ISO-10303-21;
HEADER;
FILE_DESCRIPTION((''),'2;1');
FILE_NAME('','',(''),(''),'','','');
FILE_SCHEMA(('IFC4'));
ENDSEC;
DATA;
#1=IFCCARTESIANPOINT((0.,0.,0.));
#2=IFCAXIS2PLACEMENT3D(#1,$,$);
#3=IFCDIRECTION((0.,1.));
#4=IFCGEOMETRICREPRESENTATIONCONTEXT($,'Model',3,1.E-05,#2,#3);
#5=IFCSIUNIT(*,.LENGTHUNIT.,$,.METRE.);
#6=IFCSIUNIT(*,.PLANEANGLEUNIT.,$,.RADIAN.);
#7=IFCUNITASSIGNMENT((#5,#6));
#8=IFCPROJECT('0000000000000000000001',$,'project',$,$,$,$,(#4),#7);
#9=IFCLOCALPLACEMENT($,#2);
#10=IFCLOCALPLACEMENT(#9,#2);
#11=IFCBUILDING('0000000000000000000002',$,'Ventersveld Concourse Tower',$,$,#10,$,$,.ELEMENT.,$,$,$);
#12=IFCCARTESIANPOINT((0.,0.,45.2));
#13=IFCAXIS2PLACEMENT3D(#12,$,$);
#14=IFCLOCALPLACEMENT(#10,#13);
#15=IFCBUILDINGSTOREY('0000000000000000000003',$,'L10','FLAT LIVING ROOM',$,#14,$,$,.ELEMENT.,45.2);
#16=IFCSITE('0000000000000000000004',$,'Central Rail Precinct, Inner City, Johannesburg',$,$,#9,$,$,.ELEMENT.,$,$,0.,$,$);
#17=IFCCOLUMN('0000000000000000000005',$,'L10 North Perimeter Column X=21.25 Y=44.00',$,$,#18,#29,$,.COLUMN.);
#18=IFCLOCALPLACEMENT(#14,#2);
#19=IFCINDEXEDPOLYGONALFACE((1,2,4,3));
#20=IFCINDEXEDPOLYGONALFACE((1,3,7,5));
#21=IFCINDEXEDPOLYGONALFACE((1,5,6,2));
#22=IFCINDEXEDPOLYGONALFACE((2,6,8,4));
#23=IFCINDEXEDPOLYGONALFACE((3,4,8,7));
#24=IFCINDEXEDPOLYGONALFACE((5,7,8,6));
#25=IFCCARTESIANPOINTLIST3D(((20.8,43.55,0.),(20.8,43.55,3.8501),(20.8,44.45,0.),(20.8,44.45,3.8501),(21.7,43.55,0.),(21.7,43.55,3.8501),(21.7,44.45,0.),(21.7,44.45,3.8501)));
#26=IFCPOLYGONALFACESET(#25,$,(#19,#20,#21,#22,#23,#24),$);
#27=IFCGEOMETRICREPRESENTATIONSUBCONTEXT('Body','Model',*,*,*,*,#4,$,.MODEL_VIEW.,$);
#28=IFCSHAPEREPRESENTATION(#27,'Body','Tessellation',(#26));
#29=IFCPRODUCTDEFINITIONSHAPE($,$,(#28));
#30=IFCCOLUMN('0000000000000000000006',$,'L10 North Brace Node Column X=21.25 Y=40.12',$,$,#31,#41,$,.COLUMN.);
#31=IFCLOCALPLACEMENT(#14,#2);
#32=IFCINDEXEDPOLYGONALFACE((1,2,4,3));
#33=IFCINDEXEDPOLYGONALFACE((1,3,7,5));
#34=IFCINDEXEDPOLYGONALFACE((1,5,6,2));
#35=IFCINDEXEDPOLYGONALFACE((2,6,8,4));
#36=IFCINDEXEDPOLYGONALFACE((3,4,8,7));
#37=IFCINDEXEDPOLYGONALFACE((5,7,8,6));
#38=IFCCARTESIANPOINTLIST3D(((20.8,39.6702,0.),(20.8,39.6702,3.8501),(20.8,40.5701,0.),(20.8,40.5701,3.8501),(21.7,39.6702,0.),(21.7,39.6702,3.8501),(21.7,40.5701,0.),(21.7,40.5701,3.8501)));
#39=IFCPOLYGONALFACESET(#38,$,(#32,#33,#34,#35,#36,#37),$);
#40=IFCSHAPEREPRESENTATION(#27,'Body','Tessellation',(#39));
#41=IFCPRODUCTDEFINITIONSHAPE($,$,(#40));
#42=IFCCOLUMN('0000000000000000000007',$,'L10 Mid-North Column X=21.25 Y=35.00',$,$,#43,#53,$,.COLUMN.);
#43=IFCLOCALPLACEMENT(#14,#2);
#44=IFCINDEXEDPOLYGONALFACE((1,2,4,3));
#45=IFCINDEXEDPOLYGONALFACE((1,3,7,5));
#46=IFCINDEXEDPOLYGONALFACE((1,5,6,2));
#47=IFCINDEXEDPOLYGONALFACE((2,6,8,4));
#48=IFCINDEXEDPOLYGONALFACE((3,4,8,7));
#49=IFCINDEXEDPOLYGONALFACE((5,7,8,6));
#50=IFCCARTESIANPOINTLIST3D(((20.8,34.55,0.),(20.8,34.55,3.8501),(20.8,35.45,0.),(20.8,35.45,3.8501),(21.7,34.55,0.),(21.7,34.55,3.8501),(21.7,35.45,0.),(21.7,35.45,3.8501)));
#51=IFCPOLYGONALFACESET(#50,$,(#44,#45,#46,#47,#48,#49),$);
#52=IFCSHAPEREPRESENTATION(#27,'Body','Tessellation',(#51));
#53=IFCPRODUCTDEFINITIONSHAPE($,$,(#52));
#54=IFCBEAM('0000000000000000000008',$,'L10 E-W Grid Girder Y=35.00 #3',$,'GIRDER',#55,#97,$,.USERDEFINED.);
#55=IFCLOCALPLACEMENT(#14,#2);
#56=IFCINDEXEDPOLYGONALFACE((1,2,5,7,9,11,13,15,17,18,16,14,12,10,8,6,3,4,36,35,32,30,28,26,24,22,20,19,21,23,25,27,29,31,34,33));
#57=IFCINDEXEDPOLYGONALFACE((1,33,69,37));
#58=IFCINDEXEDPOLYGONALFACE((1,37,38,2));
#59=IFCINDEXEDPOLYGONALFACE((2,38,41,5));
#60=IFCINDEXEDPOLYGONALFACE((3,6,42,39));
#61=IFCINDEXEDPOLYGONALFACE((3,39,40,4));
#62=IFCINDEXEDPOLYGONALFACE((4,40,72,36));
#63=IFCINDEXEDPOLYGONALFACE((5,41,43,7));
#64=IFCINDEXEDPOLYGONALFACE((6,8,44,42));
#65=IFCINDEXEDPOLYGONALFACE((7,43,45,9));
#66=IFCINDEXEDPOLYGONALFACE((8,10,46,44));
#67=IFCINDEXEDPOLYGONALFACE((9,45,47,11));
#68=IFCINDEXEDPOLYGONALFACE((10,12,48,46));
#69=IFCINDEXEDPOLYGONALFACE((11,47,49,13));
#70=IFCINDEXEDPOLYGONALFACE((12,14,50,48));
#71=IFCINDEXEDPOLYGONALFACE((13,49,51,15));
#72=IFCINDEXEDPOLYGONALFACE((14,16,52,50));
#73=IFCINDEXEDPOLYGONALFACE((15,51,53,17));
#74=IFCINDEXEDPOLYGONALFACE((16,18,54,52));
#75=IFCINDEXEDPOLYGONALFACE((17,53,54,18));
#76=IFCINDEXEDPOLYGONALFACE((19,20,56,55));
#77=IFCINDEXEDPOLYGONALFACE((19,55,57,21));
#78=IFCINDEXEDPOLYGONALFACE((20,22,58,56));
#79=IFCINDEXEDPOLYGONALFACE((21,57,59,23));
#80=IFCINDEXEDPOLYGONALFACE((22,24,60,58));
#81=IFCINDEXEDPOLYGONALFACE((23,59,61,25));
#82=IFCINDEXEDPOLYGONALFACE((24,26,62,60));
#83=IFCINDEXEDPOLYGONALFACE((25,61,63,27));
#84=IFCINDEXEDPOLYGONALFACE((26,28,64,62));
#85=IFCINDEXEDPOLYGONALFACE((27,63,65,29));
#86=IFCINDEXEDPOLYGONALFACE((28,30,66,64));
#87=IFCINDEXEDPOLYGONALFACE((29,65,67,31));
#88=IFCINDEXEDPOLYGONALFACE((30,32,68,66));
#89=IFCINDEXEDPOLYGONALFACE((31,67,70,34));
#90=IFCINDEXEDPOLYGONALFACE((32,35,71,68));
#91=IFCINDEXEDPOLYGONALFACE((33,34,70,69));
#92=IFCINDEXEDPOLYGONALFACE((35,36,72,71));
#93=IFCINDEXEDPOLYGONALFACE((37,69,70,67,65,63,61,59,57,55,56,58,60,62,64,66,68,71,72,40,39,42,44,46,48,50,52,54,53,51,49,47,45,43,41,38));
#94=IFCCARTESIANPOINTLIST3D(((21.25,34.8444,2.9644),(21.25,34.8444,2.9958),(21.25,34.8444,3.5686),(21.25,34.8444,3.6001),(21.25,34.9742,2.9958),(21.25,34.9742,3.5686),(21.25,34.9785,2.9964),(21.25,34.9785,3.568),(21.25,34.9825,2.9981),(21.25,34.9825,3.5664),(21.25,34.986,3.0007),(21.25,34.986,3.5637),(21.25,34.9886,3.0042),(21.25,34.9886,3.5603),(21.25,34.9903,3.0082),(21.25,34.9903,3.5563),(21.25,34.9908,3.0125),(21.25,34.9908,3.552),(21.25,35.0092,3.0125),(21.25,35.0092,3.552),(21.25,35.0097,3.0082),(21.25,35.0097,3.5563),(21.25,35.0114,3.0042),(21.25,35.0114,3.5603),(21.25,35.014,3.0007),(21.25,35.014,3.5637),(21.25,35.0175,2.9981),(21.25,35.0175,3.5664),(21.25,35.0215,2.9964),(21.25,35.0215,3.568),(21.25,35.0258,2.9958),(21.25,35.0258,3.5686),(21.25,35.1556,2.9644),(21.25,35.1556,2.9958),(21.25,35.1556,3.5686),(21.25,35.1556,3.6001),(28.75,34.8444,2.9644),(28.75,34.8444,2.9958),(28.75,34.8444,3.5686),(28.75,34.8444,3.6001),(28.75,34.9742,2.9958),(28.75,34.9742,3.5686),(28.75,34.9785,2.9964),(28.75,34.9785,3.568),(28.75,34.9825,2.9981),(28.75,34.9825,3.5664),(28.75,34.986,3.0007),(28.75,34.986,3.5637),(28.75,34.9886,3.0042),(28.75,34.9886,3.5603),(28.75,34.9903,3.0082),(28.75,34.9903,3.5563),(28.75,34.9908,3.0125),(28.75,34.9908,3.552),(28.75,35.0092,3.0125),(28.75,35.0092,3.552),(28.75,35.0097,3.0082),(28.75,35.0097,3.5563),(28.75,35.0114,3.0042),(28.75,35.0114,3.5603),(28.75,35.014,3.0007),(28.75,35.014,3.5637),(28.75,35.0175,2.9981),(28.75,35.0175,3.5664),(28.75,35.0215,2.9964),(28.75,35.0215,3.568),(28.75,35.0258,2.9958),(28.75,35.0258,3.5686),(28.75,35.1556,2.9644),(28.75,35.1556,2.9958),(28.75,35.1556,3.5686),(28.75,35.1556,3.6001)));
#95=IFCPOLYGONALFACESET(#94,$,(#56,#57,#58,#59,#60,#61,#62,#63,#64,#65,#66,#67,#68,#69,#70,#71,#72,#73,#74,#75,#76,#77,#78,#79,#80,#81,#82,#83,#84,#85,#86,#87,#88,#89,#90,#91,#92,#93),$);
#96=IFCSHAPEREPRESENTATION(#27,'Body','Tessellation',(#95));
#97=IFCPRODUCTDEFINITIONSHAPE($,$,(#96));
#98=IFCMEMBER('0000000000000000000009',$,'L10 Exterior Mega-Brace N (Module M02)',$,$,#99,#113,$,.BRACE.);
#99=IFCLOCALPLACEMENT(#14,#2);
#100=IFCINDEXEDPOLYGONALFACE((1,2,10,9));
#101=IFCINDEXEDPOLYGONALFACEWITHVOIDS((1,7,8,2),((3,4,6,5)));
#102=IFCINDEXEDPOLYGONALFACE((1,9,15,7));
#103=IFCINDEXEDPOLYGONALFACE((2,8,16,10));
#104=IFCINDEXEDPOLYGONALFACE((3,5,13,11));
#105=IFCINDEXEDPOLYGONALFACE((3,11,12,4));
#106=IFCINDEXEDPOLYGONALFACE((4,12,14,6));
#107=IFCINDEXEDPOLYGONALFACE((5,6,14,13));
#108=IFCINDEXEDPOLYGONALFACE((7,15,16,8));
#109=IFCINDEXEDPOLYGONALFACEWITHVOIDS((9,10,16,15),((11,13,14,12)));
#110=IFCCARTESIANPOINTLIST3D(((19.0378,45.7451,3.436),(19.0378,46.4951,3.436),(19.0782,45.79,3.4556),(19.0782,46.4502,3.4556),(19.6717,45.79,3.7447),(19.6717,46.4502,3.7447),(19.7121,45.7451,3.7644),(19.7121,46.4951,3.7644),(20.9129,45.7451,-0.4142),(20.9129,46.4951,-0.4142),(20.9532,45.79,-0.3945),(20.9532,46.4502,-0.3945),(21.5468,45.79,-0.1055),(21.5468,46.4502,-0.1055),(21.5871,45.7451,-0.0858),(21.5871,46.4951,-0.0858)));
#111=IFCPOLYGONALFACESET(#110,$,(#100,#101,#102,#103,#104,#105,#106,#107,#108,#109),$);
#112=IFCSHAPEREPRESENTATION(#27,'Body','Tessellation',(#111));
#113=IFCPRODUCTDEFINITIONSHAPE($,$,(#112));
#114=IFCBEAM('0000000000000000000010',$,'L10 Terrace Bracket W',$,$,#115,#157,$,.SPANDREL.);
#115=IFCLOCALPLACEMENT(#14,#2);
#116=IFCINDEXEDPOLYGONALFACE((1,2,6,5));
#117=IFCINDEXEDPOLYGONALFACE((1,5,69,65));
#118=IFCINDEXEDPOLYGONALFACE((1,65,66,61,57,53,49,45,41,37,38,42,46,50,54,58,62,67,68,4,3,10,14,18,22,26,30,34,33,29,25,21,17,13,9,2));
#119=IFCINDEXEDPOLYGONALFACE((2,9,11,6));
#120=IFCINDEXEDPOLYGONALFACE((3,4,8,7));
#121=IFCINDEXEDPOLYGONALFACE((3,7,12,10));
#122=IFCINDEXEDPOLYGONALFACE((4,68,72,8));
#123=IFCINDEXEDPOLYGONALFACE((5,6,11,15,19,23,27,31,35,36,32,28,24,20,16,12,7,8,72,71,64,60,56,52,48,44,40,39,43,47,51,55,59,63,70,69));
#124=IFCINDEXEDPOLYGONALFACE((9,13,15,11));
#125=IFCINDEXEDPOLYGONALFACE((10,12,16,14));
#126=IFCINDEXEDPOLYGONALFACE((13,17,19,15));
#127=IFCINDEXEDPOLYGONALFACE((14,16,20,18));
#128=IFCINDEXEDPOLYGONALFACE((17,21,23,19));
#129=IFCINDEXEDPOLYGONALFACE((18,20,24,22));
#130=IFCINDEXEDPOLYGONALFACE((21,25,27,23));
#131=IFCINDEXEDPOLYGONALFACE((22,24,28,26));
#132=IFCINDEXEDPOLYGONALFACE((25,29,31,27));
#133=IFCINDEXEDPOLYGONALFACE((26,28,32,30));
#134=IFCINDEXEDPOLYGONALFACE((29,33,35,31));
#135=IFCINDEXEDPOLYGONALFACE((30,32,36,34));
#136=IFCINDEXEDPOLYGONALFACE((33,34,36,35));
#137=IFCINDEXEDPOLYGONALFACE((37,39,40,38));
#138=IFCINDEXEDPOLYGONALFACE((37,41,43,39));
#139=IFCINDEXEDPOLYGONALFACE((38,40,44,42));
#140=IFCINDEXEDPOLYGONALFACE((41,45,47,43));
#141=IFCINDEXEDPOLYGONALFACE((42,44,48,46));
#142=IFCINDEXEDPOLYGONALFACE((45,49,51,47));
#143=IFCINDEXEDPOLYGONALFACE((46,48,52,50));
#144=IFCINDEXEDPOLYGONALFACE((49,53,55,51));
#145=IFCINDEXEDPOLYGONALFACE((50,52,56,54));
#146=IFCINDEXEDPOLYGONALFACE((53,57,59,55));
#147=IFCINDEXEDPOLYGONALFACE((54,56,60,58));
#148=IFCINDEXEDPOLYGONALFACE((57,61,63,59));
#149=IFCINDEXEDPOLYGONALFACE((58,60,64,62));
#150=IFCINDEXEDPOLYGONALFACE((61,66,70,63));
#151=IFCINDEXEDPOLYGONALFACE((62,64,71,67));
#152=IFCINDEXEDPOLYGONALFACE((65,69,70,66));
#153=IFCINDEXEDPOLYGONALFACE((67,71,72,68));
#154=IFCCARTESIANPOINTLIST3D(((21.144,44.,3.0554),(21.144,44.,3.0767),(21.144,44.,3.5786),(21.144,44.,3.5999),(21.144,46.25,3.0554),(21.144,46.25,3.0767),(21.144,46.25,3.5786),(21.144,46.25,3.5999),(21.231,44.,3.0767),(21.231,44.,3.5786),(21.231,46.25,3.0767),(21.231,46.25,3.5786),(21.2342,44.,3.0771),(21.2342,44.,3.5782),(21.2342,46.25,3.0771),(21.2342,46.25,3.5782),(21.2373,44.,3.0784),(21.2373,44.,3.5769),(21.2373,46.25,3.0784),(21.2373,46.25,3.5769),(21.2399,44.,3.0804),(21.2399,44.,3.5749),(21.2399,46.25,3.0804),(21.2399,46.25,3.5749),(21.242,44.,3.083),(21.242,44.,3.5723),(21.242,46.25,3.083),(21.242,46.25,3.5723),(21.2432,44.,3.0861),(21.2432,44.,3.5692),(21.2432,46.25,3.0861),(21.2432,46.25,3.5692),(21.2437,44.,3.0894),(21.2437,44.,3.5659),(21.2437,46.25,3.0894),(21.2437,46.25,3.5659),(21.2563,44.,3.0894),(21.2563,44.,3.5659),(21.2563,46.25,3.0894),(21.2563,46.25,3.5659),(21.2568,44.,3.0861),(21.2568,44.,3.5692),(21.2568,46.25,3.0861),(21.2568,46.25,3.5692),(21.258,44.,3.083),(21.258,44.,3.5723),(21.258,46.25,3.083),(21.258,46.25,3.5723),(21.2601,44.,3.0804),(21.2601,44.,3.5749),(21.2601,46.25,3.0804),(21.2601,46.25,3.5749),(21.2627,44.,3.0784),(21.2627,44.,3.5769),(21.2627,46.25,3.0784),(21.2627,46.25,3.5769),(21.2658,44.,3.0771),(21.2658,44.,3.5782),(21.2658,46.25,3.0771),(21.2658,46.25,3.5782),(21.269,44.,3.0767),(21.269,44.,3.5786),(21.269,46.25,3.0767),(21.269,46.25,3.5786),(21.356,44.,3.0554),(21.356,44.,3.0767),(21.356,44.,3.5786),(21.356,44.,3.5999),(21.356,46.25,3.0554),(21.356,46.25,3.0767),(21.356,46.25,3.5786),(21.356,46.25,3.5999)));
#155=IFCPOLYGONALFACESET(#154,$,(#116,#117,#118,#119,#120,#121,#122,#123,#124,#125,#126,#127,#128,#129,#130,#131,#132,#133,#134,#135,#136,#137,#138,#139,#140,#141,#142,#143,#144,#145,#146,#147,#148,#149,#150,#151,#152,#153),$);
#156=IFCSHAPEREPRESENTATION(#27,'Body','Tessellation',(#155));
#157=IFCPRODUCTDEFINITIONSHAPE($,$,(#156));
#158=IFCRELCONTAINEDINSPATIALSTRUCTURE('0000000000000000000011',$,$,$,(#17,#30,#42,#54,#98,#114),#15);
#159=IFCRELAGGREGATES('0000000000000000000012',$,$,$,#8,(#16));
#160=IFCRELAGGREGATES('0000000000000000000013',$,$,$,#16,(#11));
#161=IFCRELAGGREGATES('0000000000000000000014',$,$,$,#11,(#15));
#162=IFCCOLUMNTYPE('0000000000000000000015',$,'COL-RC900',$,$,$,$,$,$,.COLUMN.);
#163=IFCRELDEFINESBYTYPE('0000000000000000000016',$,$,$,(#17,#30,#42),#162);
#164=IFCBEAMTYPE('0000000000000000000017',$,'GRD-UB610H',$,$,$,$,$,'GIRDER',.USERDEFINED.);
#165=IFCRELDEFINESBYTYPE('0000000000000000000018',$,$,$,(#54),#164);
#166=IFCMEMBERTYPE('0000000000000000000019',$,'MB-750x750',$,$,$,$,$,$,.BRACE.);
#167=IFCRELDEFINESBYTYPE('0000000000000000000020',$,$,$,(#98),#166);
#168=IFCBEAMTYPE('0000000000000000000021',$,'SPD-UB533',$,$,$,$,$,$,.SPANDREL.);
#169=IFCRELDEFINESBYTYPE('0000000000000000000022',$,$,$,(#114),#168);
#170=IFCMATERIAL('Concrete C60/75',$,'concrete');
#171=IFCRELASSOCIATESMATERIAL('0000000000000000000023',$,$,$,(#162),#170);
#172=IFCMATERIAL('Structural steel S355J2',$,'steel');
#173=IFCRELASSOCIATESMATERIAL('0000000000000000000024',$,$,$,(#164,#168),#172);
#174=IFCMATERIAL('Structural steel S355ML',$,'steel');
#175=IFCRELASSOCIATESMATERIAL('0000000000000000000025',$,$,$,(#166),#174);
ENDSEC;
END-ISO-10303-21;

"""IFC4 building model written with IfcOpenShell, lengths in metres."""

from ifc_helpers import new_model, si_unit, direction, frame, origin, origin_2d, place, context, subcontext, project, spatial, rectangle, hollow_rectangle, i_section, extrude, material, material_profile, profile_set, type_object, element, save


model = new_model("IFC4")

# Units and contexts
model_context = context("Model", 3, precision=1e-05, world=origin(), true_north=direction((0.0, 1.0)))
body_context = subcontext(model_context, "Body", "Model", "MODEL_VIEW")
ifc_project = project(units=[si_unit("LENGTHUNIT", "METRE"), si_unit("PLANEANGLEUNIT", "RADIAN")], contexts=[model_context])

# Site, building, storey
site_placement = place(None, origin())
site = spatial("IfcSite", under=ifc_project, at=site_placement, Name="Central Rail Precinct, Inner City, Johannesburg", CompositionType="ELEMENT", RefElevation=0.0)
building_placement = place(site_placement, origin())
building = spatial("IfcBuilding", under=site, at=building_placement, Name="Ventersveld Concourse Tower", CompositionType="ELEMENT")
storey_placement = place(building_placement, frame((0.0, 0.0, 45.2)))
storey = spatial("IfcBuildingStorey", under=building, at=storey_placement, Name="L10", Description="FLAT LIVING ROOM", CompositionType="ELEMENT", Elevation=45.2)

# Columns
ifc_material_1 = material(Name="Concrete C60/75", Category="concrete")
ifc_material_profile_1 = material_profile(ifc_material_1, rectangle(XDim=0.8999, YDim=0.8999, at=origin_2d()), Name="RC 900x900")
ifc_profile_set_1 = profile_set([ifc_material_profile_1], Name="Concrete C60/75")
column_type = type_object("IfcColumnType", Name="COL-RC900", PredefinedType="COLUMN", material=ifc_profile_set_1)
for number, where, z_axis, x_axis, name in (
    (1, (21.25, 44.0, 0.0), (0.0, 0.0, 1.0), (1.0, 0.0, 0.0), "L10 North Perimeter Column X=21.25 Y=44.00"),
    (2, (21.25, 40.1201, 0.0), (0.0, 0.0, 1.0), (1.0, 0.0, 0.0), "L10 North Brace Node Column X=21.25 Y=40.12"),
    (3, (21.25, 35.0, 0.0), (0.0, 0.0, 1.0), (1.0, 0.0, 0.0), "L10 Mid-North Column X=21.25 Y=35.00"),
):
    element("IfcColumn", number, at=place(storey_placement, frame(where, z_axis=z_axis, x_axis=x_axis)), inside=storey, type_object=column_type, Name=name, PredefinedType="COLUMN", context=body_context, shape_type="SweptSolid", body=[
        extrude(rectangle(XDim=0.8999, YDim=0.8999, at=origin_2d()), origin(), (0.0, 0.0, 1.0), 3.8501),
    ])

# Beam
ifc_material_2 = material(Name="Structural steel S355J2", Category="steel")
ifc_material_profile_2 = material_profile(ifc_material_2, i_section(OverallWidth=0.3113, OverallDepth=0.6357, WebThickness=0.0183, FlangeThickness=0.0315, FilletRadius=0.0166, at=origin_2d()), Name="UB 610x305x238")
ifc_profile_set_2 = profile_set([ifc_material_profile_2], Name="Structural steel S355J2")
beam_type_1 = type_object("IfcBeamType", Name="GRD-UB610H", ElementType="GIRDER", PredefinedType="USERDEFINED", material=ifc_profile_set_2)
beam_1_placement = place(storey_placement, frame((21.25, 35.0, 3.2822), z_axis=(1.0, 0.0, 0.0), x_axis=(0.0, 1.0, 0.0)))
element("IfcBeam", 4, at=beam_1_placement, inside=storey, type_object=beam_type_1, Name="L10 E-W Grid Girder Y=35.00 #3", ObjectType="GIRDER", PredefinedType="USERDEFINED", context=body_context, shape_type="SweptSolid", body=[
    extrude(i_section(OverallWidth=0.3113, OverallDepth=0.6357, WebThickness=0.0183, FlangeThickness=0.0315, FilletRadius=0.0166, at=origin_2d()), origin(), (0.0, 0.0, 1.0), 7.5),
])

# Member
ifc_material_3 = material(Name="Structural steel S355ML", Category="steel")
ifc_material_profile_3 = material_profile(ifc_material_3, hollow_rectangle(XDim=0.75, YDim=0.75, WallThickness=0.0449, at=origin_2d()), Name="BOX 750x750x45")
ifc_profile_set_3 = profile_set([ifc_material_profile_3], Name="Structural steel S355ML")
member_type = type_object("IfcMemberType", Name="MB-750x750", PredefinedType="BRACE", material=ifc_profile_set_3)
member_placement = place(storey_placement, frame((21.25, 46.1201, -0.25), z_axis=(-0.437839, 0.0, 0.899053), x_axis=(0.0, -1.0, 0.0)))
element("IfcMember", 5, at=member_placement, inside=storey, type_object=member_type, Name="L10 Exterior Mega-Brace N (Module M02)", PredefinedType="BRACE", context=body_context, shape_type="SweptSolid", body=[
    extrude(hollow_rectangle(XDim=0.75, YDim=0.75, WallThickness=0.0449, at=origin_2d()), origin(), (0.0, 0.0, 1.0), 4.2825),
])

# Beam
ifc_material_profile_4 = material_profile(ifc_material_2, i_section(OverallWidth=0.2119, OverallDepth=0.5444, WebThickness=0.0127, FlangeThickness=0.0212, FilletRadius=0.0127, at=origin_2d()), Name="UB 533x210x122")
ifc_profile_set_4 = profile_set([ifc_material_profile_4], Name="Structural steel S355J2")
beam_type_2 = type_object("IfcBeamType", Name="SPD-UB533", PredefinedType="SPANDREL", material=ifc_profile_set_4)
beam_2_placement = place(storey_placement, frame((21.25, 44.0, 3.3276), z_axis=(0.0, 1.0, 0.0), x_axis=(-1.0, 0.0, 0.0)))
element("IfcBeam", 6, at=beam_2_placement, inside=storey, type_object=beam_type_2, Name="L10 Terrace Bracket W", PredefinedType="SPANDREL", context=body_context, shape_type="SweptSolid", body=[
    extrude(i_section(OverallWidth=0.2119, OverallDepth=0.5444, WebThickness=0.0127, FlangeThickness=0.0212, FilletRadius=0.0127, at=origin_2d()), origin(), (0.0, 0.0, 1.0), 2.25),
])

save(model, "model.ifc")
